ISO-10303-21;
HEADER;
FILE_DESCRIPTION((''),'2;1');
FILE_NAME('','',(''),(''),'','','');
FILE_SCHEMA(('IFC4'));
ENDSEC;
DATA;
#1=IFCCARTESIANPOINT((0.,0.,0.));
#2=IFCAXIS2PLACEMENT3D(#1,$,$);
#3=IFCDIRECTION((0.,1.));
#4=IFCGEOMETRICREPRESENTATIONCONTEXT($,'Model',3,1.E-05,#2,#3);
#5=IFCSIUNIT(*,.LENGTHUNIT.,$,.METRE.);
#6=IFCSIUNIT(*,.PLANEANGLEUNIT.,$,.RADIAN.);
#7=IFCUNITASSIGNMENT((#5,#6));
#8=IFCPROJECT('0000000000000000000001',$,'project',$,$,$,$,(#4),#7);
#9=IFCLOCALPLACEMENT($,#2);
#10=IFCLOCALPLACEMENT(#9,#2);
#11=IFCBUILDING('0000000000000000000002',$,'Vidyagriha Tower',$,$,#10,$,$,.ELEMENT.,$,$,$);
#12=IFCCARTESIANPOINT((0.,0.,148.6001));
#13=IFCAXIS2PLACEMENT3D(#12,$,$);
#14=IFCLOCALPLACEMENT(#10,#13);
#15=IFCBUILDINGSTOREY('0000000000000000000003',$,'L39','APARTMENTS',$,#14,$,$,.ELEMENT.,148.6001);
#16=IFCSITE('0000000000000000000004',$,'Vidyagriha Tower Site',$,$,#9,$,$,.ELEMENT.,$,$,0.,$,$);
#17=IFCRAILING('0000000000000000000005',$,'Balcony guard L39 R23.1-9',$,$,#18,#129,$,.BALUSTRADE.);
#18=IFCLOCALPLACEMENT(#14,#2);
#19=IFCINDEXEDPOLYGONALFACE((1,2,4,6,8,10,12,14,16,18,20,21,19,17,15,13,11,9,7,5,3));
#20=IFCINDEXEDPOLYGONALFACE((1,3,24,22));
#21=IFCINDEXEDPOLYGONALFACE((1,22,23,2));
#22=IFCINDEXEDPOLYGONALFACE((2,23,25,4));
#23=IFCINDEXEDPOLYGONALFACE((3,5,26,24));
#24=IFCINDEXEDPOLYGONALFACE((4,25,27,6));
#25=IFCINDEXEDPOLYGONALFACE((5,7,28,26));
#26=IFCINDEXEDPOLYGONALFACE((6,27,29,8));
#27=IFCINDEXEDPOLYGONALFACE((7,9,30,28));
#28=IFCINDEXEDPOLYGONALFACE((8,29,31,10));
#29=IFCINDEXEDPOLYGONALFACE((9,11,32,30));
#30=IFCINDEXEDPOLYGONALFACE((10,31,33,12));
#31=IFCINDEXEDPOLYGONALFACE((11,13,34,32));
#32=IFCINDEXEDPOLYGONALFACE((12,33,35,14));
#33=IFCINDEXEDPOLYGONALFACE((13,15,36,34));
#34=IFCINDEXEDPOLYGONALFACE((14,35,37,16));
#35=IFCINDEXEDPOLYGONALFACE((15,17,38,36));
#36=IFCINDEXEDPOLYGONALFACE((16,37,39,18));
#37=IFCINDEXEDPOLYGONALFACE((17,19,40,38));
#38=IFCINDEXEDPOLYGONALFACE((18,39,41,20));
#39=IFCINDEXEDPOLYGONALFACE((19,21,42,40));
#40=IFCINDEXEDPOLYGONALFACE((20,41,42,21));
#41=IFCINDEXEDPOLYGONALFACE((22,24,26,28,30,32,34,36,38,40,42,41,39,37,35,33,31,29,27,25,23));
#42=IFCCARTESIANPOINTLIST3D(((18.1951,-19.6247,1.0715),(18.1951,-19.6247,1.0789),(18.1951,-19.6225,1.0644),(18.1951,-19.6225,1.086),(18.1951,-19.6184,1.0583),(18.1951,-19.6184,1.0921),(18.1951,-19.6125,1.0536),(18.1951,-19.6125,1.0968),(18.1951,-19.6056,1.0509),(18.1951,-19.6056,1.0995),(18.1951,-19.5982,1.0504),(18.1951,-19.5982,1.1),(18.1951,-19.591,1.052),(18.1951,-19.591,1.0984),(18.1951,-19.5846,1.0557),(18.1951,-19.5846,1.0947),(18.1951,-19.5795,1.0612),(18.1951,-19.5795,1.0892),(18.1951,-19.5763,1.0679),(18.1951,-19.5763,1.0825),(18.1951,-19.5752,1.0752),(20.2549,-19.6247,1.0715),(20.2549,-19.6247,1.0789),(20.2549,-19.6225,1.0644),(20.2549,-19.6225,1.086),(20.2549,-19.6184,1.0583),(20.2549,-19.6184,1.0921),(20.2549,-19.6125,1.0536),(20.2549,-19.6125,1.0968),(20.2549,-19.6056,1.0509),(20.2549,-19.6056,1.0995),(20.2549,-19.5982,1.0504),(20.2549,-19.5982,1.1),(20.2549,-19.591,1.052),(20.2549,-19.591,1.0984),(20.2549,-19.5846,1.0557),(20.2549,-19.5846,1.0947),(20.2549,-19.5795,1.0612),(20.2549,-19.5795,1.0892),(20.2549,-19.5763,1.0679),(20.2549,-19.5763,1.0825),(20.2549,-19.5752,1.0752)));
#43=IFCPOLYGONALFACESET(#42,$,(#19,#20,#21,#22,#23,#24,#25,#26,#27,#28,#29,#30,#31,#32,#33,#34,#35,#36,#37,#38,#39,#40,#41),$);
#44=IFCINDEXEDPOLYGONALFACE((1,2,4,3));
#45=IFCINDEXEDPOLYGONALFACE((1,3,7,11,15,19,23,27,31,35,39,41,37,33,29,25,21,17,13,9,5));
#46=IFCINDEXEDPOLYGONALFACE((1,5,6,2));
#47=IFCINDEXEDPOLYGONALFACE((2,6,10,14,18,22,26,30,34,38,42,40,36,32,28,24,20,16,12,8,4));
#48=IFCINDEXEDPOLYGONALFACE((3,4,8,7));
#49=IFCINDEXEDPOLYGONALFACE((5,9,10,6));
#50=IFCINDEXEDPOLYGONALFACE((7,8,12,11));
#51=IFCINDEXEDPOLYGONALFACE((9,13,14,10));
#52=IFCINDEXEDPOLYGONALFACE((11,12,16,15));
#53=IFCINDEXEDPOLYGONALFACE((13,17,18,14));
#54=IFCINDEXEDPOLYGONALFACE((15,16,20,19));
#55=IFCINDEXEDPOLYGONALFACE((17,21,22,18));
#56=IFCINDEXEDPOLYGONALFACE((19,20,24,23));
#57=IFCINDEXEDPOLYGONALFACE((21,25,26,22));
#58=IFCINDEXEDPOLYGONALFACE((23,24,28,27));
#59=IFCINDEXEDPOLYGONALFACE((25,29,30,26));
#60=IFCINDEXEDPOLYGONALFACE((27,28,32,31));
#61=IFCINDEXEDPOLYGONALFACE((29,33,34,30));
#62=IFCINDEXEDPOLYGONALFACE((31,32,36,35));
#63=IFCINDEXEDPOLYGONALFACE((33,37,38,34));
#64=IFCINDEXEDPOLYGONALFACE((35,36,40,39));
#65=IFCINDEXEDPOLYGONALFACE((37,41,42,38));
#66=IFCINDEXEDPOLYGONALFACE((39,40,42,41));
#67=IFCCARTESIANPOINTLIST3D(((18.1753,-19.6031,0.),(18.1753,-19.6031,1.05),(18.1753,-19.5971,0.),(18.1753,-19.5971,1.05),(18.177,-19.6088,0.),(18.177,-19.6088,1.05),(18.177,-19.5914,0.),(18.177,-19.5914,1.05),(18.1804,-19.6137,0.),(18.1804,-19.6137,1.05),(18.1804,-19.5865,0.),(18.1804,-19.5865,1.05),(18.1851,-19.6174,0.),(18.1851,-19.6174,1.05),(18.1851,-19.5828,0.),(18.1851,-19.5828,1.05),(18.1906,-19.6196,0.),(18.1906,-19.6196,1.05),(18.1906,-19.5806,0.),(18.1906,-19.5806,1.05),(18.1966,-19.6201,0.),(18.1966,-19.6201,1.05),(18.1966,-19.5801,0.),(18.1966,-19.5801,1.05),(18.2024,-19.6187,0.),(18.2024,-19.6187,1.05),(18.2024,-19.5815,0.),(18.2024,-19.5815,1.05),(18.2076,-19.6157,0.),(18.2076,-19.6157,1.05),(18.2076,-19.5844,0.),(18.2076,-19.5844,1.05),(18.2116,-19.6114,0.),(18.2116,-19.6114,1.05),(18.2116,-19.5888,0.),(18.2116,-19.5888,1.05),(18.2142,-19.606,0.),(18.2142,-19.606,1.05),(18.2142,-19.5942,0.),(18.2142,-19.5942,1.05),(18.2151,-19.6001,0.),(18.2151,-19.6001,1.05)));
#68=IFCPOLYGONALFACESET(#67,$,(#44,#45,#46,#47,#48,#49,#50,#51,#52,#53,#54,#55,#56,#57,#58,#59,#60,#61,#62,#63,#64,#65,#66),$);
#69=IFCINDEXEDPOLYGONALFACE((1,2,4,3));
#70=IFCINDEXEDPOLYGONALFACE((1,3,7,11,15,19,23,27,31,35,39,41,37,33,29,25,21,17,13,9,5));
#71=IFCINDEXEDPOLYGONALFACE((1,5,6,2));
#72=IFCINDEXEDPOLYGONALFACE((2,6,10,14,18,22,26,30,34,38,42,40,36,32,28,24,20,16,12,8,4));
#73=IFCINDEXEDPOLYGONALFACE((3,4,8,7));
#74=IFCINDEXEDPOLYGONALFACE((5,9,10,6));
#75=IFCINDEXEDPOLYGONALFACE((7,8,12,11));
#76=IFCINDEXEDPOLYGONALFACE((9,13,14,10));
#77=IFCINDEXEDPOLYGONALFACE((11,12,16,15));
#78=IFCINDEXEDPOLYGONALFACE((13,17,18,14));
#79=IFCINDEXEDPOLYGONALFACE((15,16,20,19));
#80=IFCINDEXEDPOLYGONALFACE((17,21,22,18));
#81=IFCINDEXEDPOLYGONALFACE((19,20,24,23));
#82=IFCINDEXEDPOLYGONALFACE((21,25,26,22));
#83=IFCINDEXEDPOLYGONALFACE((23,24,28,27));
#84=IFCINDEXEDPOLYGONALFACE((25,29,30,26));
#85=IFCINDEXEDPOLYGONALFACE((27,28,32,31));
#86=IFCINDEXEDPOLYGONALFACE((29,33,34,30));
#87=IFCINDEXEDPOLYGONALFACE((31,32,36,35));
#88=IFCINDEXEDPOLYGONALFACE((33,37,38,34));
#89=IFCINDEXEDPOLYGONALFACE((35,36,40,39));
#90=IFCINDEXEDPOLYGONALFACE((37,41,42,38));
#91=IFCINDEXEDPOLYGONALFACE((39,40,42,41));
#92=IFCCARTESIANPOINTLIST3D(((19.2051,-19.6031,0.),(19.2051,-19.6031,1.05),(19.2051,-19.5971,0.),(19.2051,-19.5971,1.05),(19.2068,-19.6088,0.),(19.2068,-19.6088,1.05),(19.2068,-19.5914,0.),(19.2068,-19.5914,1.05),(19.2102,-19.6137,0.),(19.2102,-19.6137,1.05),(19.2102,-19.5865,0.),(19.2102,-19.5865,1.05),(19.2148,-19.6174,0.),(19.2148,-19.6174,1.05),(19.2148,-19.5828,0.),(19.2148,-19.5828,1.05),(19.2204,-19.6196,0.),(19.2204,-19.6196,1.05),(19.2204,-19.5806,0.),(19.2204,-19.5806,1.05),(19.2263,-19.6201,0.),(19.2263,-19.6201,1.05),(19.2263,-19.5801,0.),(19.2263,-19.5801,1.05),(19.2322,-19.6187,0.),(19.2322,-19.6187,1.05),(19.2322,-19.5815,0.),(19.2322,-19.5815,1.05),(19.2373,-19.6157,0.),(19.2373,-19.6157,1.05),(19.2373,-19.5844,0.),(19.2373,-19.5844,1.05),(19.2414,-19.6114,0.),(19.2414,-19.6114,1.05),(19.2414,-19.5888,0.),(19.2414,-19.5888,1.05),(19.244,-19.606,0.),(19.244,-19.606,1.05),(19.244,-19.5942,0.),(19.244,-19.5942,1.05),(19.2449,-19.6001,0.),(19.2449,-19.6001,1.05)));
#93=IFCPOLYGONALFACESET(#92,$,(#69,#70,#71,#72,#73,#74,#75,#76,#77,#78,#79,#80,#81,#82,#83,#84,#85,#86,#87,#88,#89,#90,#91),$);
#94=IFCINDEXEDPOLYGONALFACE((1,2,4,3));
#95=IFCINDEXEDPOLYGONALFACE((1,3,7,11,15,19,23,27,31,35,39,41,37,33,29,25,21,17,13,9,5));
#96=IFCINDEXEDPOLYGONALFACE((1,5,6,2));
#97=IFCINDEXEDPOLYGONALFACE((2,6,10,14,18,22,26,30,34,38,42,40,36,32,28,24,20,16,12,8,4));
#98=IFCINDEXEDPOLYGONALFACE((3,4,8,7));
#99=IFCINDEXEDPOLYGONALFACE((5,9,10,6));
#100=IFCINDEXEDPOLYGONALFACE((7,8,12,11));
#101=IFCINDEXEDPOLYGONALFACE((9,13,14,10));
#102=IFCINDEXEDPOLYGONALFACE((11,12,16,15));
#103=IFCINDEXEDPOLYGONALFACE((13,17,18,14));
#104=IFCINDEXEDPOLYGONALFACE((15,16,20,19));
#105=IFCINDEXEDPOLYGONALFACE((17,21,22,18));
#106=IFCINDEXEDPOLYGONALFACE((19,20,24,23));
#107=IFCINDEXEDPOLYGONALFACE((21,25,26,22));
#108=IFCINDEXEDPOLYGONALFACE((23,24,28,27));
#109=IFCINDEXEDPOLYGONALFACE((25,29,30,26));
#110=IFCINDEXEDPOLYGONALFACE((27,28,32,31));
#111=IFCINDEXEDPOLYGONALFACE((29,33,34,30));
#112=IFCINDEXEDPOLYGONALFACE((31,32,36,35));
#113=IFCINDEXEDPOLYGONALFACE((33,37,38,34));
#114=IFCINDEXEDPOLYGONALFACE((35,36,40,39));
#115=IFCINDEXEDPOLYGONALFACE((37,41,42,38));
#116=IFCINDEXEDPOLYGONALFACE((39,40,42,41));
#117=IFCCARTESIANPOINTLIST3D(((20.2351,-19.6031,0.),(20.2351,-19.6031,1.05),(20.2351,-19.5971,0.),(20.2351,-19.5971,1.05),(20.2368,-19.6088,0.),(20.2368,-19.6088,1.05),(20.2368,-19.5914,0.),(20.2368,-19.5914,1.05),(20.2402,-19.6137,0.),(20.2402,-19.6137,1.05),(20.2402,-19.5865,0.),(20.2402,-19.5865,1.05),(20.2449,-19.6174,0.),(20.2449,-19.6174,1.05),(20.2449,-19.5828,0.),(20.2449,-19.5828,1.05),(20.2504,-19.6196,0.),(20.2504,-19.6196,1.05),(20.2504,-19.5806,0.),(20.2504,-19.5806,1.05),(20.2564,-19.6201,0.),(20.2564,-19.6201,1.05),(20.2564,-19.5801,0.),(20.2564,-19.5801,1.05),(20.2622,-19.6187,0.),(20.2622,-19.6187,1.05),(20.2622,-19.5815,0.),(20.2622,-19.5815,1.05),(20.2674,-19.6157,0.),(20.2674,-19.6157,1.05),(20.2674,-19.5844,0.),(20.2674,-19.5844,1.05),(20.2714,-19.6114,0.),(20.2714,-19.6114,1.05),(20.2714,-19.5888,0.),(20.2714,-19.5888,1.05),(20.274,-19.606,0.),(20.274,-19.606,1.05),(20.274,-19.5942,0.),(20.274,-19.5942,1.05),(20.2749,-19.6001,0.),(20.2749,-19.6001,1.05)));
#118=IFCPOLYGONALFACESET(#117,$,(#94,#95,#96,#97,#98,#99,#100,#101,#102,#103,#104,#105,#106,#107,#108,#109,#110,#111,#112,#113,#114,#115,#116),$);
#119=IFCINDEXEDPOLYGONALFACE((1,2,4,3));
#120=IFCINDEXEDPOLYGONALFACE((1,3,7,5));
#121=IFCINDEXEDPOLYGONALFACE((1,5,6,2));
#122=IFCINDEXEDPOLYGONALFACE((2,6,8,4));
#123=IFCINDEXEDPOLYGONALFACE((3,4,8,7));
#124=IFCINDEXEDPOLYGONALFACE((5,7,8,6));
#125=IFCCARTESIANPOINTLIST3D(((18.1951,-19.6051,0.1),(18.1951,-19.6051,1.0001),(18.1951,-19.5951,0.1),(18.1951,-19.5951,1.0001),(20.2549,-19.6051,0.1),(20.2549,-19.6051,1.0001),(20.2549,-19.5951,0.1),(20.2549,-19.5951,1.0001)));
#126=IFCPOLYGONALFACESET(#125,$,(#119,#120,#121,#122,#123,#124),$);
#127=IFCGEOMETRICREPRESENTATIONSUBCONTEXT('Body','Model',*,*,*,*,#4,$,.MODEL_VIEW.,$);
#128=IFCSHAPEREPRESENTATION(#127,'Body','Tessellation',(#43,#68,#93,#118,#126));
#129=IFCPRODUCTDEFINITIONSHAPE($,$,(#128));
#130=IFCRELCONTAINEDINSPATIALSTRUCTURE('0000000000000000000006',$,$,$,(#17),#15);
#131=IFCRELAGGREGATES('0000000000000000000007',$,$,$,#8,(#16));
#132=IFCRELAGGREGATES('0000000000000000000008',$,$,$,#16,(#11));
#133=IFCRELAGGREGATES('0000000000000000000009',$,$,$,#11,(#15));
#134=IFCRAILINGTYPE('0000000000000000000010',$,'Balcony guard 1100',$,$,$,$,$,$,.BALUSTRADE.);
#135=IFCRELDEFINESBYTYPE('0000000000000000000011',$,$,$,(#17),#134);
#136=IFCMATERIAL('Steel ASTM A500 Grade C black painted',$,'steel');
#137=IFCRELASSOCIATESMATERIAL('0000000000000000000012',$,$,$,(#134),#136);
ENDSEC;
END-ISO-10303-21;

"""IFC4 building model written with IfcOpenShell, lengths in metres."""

from ifc_helpers import new_model, si_unit, direction, frame, origin, origin_2d, place, context, subcontext, project, spatial, rectangle, circle, extrude, material, type_object, element, save


model = new_model("IFC4")

# Units and contexts
model_context = context("Model", 3, precision=1e-05, world=origin(), true_north=direction((0.0, 1.0)))
body_context = subcontext(model_context, "Body", "Model", "MODEL_VIEW")
ifc_project = project(units=[si_unit("LENGTHUNIT", "METRE"), si_unit("PLANEANGLEUNIT", "RADIAN")], contexts=[model_context])

# Site, building, storey
site_placement = place(None, origin())
site = spatial("IfcSite", under=ifc_project, at=site_placement, Name="Vidyagriha Tower Site", CompositionType="ELEMENT", RefElevation=0.0)
building_placement = place(site_placement, origin())
building = spatial("IfcBuilding", under=site, at=building_placement, Name="Vidyagriha Tower", CompositionType="ELEMENT")
storey_placement = place(building_placement, frame((0.0, 0.0, 148.6001)))
storey = spatial("IfcBuildingStorey", under=building, at=storey_placement, Name="L39", Description="APARTMENTS", CompositionType="ELEMENT", Elevation=148.6001)

# Railing
ifc_material_1 = material(Name="Steel ASTM A500 Grade C black painted", Category="steel")
railing_type = type_object("IfcRailingType", Name="Balcony guard 1100", PredefinedType="BALUSTRADE", material=ifc_material_1)
railing_1_placement = place(storey_placement, frame((18.1951, -19.6001, 0.0)))
element("IfcRailing", 1, at=railing_1_placement, inside=storey, type_object=railing_type, Name="Balcony guard L39 R23.1-9", PredefinedType="BALUSTRADE", context=body_context, shape_type="SweptSolid", body=[
    extrude(circle(Radius=0.0249, at=origin_2d()), frame((0.0, 0.0, 1.0752), z_axis=(1.0, 0.0, 0.0), x_axis=(0.0, 1.0, 0.0)), (0.0, 0.0, 1.0), 2.0598),
    extrude(circle(Radius=0.02, at=origin_2d()), origin(), (0.0, 0.0, 1.0), 1.05),
    extrude(circle(Radius=0.02, at=origin_2d()), frame((1.0298, 0.0, 0.0)), (0.0, 0.0, 1.0), 1.05),
    extrude(circle(Radius=0.02, at=origin_2d()), frame((2.0598, 0.0, 0.0)), (0.0, 0.0, 1.0), 1.05),
    extrude(rectangle(XDim=0.01, YDim=0.9001, at=origin_2d()), frame((0.0, 0.0, 0.55), z_axis=(1.0, 0.0, 0.0), x_axis=(0.0, 1.0, 0.0)), (0.0, 0.0, 1.0), 2.0598),
])

save(model, "model.ifc")
